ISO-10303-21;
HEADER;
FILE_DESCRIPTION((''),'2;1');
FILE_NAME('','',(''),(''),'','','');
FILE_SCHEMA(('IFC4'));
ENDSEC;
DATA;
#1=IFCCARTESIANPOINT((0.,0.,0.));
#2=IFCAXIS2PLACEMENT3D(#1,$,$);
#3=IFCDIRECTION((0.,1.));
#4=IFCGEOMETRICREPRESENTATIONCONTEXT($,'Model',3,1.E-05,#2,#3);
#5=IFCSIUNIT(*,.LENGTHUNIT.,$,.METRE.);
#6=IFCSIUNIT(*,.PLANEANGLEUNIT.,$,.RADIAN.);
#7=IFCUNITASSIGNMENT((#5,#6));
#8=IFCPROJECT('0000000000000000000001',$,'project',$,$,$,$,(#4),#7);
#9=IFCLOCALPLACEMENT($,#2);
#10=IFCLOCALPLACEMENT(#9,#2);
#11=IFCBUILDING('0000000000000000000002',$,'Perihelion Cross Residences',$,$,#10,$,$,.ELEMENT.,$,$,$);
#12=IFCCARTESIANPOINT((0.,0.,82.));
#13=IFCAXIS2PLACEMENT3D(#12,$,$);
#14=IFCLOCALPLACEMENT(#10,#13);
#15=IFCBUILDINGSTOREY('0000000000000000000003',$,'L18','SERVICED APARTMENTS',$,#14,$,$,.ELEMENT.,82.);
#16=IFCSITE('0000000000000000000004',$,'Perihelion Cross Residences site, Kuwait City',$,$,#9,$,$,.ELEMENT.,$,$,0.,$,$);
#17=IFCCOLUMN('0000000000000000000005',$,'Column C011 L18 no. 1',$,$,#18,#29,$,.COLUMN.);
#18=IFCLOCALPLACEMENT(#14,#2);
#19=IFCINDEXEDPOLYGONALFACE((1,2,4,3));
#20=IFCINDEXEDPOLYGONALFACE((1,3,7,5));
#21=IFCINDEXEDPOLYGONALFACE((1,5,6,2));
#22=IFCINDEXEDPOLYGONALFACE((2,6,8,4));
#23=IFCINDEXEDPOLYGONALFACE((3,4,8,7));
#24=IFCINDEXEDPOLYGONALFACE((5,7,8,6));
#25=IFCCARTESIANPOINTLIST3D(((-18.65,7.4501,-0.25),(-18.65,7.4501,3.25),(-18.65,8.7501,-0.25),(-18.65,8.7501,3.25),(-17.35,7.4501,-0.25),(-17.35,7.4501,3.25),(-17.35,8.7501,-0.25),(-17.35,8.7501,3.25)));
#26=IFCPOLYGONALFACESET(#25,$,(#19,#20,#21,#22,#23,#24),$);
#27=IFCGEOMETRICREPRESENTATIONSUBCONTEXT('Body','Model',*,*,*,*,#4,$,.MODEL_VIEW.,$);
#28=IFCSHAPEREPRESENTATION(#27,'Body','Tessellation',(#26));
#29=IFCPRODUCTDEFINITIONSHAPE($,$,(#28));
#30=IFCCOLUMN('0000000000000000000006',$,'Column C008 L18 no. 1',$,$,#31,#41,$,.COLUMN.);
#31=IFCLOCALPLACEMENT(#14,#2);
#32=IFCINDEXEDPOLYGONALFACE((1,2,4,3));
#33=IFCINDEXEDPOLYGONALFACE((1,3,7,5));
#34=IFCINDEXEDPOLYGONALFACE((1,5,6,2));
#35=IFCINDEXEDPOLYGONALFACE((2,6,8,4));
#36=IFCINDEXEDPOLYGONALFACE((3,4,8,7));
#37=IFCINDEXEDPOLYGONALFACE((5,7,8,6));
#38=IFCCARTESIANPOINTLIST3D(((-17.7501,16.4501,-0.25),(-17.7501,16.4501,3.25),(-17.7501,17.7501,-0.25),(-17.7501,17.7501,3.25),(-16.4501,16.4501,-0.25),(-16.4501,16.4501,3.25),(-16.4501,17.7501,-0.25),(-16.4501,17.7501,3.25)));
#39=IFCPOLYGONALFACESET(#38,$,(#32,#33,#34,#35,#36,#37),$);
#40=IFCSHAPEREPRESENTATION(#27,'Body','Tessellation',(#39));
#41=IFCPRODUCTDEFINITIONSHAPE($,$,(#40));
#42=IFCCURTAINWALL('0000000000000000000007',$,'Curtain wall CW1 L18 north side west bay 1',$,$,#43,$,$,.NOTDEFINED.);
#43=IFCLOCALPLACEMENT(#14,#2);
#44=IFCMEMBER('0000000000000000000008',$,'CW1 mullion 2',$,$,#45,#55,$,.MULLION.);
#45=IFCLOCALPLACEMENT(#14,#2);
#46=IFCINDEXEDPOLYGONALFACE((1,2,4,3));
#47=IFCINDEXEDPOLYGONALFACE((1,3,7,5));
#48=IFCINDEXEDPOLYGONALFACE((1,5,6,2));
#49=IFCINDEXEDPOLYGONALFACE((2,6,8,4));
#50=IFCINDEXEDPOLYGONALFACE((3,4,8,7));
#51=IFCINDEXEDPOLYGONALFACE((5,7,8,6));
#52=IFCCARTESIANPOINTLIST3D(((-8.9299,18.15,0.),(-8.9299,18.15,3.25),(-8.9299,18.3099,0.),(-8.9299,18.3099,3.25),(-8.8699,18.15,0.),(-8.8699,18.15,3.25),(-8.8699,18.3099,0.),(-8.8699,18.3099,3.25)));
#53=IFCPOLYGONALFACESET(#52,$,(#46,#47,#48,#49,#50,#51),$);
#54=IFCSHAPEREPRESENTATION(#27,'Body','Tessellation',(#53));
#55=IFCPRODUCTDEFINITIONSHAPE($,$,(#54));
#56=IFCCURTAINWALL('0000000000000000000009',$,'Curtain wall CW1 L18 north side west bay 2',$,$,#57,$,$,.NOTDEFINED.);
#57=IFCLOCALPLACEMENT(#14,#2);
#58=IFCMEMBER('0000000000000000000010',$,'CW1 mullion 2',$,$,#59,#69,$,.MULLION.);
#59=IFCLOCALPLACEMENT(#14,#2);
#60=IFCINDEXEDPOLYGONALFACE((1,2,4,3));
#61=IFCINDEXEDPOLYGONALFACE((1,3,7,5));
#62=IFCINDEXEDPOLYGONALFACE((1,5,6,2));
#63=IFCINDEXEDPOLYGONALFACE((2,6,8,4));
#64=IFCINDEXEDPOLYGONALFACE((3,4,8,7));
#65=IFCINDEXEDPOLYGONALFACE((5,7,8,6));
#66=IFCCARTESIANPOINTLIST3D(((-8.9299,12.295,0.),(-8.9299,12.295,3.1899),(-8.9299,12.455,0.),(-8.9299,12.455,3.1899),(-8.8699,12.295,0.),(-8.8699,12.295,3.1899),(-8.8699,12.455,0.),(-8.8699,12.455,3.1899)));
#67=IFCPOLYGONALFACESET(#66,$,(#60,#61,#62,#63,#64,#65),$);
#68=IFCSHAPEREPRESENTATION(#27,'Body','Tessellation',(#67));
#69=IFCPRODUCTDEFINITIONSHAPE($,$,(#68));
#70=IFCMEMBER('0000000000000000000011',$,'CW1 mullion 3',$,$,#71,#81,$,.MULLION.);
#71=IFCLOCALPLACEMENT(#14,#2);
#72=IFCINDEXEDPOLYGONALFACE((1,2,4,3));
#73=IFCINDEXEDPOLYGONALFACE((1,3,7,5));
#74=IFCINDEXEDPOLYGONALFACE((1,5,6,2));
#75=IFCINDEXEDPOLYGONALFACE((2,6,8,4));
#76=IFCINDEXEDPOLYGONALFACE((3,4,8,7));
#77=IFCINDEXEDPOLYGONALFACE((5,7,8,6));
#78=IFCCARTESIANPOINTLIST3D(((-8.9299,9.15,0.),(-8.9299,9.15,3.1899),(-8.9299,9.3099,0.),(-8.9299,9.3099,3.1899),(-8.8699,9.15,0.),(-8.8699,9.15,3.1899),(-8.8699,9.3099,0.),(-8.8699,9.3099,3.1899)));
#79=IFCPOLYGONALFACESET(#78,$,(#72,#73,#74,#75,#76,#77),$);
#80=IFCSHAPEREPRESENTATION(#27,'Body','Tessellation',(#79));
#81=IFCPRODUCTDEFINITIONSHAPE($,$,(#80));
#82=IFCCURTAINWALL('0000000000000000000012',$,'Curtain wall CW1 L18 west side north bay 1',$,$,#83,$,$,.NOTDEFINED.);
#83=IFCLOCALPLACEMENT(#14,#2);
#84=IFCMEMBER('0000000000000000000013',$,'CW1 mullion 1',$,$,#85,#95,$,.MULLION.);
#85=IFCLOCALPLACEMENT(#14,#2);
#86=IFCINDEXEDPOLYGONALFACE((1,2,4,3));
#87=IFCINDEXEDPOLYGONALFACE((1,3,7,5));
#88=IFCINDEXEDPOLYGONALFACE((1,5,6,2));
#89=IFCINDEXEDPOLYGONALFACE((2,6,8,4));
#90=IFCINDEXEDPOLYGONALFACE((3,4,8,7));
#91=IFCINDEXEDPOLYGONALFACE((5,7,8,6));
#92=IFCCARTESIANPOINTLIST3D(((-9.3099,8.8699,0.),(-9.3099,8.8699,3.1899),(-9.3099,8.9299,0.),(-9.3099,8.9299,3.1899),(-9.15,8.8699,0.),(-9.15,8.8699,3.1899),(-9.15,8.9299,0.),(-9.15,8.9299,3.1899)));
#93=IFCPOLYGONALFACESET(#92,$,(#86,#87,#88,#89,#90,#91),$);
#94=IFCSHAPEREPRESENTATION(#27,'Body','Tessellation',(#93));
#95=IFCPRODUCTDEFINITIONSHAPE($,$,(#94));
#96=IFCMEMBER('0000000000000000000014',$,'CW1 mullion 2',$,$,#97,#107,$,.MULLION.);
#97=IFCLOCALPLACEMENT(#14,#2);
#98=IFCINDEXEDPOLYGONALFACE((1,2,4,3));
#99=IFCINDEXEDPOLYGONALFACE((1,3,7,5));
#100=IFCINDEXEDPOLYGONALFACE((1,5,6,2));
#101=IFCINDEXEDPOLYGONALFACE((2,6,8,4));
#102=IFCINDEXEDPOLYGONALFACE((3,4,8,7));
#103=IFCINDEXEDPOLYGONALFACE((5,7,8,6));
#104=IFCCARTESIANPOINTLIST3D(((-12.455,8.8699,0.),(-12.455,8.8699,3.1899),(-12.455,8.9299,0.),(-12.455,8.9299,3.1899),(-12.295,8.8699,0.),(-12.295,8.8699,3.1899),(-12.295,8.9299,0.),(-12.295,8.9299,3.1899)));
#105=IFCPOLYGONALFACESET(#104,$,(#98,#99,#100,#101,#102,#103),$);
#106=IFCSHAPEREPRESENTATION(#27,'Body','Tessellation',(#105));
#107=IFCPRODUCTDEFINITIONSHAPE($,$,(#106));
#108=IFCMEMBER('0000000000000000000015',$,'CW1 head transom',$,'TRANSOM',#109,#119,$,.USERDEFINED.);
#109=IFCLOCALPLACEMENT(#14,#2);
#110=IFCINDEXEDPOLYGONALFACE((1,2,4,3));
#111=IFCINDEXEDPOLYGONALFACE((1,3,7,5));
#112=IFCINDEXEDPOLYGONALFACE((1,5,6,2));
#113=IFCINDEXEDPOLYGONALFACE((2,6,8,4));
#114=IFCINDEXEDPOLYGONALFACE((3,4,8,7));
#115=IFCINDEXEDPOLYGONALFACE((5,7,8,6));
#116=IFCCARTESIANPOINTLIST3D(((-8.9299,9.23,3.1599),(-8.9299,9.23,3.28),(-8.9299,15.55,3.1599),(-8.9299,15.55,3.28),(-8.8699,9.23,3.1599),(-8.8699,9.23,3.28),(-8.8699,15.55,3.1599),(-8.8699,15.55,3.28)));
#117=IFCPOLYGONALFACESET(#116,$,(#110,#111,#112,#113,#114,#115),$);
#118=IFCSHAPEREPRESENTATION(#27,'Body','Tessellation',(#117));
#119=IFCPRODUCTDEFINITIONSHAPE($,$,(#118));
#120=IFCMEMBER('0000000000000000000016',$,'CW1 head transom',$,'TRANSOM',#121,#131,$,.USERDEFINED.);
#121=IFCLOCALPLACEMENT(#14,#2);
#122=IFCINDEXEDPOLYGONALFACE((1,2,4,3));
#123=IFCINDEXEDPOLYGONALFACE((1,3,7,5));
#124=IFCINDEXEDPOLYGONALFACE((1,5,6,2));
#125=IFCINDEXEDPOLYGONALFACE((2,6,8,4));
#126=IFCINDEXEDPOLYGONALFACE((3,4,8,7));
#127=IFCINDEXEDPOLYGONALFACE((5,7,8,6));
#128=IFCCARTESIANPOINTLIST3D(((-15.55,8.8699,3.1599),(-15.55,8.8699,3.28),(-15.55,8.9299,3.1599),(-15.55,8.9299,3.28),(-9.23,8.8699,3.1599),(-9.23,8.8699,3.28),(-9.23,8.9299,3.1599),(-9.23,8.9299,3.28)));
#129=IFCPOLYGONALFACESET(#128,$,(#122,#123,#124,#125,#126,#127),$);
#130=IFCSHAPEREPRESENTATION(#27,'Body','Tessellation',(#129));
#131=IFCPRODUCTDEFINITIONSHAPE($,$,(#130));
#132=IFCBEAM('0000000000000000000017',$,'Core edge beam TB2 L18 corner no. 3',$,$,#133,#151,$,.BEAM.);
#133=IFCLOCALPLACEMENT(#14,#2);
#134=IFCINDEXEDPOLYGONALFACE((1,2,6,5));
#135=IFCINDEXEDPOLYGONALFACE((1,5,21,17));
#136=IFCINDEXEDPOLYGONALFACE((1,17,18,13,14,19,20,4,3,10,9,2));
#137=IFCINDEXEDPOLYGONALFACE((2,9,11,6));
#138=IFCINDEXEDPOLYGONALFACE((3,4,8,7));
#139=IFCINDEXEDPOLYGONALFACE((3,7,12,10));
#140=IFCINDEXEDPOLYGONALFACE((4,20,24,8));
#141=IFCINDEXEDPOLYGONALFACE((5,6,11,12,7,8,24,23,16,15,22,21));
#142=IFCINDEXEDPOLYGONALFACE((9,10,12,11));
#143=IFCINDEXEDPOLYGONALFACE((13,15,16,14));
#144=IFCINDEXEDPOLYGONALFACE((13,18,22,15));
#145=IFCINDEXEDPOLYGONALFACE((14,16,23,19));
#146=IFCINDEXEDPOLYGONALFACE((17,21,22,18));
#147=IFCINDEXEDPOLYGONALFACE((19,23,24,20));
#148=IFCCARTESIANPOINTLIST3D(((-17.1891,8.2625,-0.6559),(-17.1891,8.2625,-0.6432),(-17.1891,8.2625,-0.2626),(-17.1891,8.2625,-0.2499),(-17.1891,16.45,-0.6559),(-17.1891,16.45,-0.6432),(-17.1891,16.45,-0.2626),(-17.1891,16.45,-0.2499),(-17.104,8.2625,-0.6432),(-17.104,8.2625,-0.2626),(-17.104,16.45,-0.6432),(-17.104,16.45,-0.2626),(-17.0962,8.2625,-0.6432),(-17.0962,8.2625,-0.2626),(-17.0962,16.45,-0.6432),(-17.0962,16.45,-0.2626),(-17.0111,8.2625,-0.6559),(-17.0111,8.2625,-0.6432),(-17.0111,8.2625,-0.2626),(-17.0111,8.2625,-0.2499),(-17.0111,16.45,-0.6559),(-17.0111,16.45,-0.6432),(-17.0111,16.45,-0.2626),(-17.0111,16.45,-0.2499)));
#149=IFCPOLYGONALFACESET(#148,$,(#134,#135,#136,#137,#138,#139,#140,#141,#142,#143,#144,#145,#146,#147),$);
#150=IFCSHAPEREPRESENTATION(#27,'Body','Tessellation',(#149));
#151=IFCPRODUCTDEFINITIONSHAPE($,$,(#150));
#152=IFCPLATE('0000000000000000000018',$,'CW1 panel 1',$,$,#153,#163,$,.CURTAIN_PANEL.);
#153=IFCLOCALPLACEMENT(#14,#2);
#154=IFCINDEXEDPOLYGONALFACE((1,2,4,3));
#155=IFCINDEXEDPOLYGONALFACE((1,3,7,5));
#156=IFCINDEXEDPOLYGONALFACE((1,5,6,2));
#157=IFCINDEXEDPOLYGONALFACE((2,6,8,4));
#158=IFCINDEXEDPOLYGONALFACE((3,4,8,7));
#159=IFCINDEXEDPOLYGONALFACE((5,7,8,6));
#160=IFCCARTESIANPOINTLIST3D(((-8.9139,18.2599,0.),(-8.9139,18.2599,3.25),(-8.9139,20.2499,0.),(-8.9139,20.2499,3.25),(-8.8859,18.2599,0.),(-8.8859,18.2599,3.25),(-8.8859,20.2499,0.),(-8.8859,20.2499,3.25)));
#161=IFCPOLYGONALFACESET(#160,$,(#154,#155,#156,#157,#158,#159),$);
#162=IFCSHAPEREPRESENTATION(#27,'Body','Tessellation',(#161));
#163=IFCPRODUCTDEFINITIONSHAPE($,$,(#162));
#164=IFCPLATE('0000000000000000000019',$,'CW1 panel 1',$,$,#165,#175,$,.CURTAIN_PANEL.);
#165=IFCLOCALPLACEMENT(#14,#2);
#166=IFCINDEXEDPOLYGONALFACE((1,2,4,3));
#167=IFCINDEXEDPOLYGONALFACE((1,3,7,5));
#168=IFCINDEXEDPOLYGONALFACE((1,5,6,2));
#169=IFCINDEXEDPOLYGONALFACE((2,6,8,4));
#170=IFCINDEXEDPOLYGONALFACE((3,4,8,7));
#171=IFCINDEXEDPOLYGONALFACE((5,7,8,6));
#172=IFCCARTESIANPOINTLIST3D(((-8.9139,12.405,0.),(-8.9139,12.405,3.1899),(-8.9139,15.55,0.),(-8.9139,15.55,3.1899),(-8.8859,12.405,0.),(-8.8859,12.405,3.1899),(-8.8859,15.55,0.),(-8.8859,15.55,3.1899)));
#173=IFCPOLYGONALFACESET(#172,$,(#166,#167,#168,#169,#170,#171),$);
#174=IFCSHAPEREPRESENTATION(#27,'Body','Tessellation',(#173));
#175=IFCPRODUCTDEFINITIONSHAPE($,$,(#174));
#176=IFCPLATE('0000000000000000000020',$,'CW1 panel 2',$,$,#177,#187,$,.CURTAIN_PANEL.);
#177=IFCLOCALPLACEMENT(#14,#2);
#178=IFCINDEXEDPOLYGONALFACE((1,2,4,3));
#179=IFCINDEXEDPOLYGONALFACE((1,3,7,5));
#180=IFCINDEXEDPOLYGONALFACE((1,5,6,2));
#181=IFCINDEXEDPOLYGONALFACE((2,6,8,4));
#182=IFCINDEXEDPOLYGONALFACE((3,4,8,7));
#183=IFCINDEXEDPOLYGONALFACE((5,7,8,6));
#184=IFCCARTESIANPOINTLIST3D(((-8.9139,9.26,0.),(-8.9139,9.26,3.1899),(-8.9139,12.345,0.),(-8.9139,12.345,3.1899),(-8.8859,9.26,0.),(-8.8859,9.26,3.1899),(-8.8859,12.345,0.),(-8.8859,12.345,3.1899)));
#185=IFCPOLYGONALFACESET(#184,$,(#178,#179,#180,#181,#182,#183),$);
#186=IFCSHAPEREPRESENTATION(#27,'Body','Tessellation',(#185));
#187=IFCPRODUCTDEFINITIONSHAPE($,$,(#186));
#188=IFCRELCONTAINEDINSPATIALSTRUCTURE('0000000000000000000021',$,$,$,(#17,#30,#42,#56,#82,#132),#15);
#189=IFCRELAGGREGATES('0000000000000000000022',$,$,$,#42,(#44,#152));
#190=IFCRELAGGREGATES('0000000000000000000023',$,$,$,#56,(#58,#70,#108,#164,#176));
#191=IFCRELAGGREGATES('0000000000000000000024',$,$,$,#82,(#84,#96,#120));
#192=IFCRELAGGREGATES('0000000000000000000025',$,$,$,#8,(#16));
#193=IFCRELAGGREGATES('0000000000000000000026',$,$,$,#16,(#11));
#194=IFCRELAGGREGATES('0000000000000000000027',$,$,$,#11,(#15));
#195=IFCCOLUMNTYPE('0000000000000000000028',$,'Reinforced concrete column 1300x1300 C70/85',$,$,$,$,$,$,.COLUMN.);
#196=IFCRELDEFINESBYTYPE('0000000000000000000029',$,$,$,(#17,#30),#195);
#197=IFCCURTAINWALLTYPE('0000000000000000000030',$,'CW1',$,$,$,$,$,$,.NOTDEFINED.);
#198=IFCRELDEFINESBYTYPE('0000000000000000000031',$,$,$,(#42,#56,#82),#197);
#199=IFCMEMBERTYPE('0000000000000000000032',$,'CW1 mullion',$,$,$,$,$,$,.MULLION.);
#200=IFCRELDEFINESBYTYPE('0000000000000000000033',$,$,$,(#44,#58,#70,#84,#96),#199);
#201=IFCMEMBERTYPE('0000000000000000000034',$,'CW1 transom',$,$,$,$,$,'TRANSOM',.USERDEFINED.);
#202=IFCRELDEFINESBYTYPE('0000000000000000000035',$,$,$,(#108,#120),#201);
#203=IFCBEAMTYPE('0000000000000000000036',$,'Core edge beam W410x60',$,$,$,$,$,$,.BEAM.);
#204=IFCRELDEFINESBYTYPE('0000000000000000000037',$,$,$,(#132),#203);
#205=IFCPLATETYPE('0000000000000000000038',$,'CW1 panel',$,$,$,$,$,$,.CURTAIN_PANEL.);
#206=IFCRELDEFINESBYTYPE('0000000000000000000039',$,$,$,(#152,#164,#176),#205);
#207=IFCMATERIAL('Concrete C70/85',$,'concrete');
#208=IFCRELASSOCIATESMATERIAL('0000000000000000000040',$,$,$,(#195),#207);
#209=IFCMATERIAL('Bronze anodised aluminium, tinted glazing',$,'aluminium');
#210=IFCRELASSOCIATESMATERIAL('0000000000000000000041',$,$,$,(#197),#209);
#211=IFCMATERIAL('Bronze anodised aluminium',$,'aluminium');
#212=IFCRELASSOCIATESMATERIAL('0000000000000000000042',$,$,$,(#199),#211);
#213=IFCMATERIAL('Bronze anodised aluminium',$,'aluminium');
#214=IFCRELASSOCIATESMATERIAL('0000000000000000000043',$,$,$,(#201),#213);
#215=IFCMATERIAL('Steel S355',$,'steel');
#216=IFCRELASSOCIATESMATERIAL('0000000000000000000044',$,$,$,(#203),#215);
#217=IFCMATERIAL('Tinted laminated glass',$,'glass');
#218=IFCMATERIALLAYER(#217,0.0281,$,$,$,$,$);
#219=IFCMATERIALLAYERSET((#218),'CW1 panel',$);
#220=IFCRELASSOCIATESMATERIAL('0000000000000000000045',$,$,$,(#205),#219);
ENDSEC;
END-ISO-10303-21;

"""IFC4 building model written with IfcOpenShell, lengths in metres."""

from ifc_helpers import new_model, si_unit, direction, frame, origin, origin_2d, place, context, subcontext, project, spatial, rectangle, i_section, extrude, material, layer, layer_set, material_profile, profile_set, type_object, element, aggregate, save


model = new_model("IFC4")

# Units and contexts
model_context = context("Model", 3, precision=1e-05, world=origin(), true_north=direction((0.0, 1.0)))
body_context = subcontext(model_context, "Body", "Model", "MODEL_VIEW")
ifc_project = project(units=[si_unit("LENGTHUNIT", "METRE"), si_unit("PLANEANGLEUNIT", "RADIAN")], contexts=[model_context])

# Site, building, storey
site_placement = place(None, origin())
site = spatial("IfcSite", under=ifc_project, at=site_placement, Name="Perihelion Cross Residences site, Kuwait City", CompositionType="ELEMENT", RefElevation=0.0)
building_placement = place(site_placement, origin())
building = spatial("IfcBuilding", under=site, at=building_placement, Name="Perihelion Cross Residences", CompositionType="ELEMENT")
storey_placement = place(building_placement, frame((0.0, 0.0, 82.0)))
storey = spatial("IfcBuildingStorey", under=building, at=storey_placement, Name="L18", Description="SERVICED APARTMENTS", CompositionType="ELEMENT", Elevation=82.0)

# Columns
ifc_material_1 = material(Name="Concrete C70/85", Category="concrete")
ifc_material_profile_1 = material_profile(ifc_material_1, rectangle(XDim=1.3, YDim=1.3, at=origin_2d()), Name="RC 1300x1300")
ifc_profile_set_1 = profile_set([ifc_material_profile_1], Name="Concrete C70/85")
column_type = type_object("IfcColumnType", Name="Reinforced concrete column 1300x1300 C70/85", PredefinedType="COLUMN", material=ifc_profile_set_1)
for number, where, z_axis, x_axis, name in (
    (1, (-18.0, 8.1001, -0.25), (0.0, 0.0, 1.0), (1.0, 0.0, 0.0), "Column C011 L18 no. 1"),
    (2, (-17.1001, 17.1001, -0.25), (0.0, 0.0, 1.0), (1.0, 0.0, 0.0), "Column C008 L18 no. 1"),
):
    element("IfcColumn", number, at=place(storey_placement, frame(where, z_axis=z_axis, x_axis=x_axis)), inside=storey, type_object=column_type, Name=name, PredefinedType="COLUMN", context=body_context, shape_type="SweptSolid", body=[
        extrude(rectangle(XDim=1.3, YDim=1.3, at=origin_2d()), origin(), (0.0, 0.0, 1.0), 3.5),
    ])

# Curtain wall, member
ifc_material_2 = material(Name="Bronze anodised aluminium, tinted glazing", Category="aluminium")
curtain_wall_type = type_object("IfcCurtainWallType", Name="CW1", PredefinedType="NOTDEFINED", material=ifc_material_2)
curtain_wall_1_placement = place(storey_placement, origin())
curtain_wall_1 = element("IfcCurtainWall", 3, at=curtain_wall_1_placement, inside=storey, type_object=curtain_wall_type, Name="Curtain wall CW1 L18 north side west bay 1", PredefinedType="NOTDEFINED")
ifc_material_3 = material(Name="Bronze anodised aluminium", Category="aluminium")
ifc_material_profile_2 = material_profile(ifc_material_3, rectangle(XDim=0.0601, YDim=0.1599, at=origin_2d()), Name="CW1 mullion")
ifc_profile_set_2 = profile_set([ifc_material_profile_2], Name="Bronze anodised aluminium")
member_type_1 = type_object("IfcMemberType", Name="CW1 mullion", PredefinedType="MULLION", material=ifc_profile_set_2)
member_1_placement = place(storey_placement, frame((-8.8999, 18.23, 0.0), z_axis=(0.0, 0.0, 1.0), x_axis=(1.0, 0.0, 0.0)))
member_1 = element("IfcMember", 4, at=member_1_placement, type_object=member_type_1, Name="CW1 mullion 2", PredefinedType="MULLION", context=body_context, shape_type="SweptSolid", body=[
    extrude(rectangle(XDim=0.0601, YDim=0.1599, at=origin_2d()), origin(), (0.0, 0.0, 1.0), 3.25),
])

# Curtain walls, members
curtain_wall_2_placement = place(storey_placement, origin())
curtain_wall_2 = element("IfcCurtainWall", 5, at=curtain_wall_2_placement, inside=storey, type_object=curtain_wall_type, Name="Curtain wall CW1 L18 north side west bay 2", PredefinedType="NOTDEFINED")
member_2_placement = place(storey_placement, frame((-8.8999, 12.375, 0.0), z_axis=(0.0, 0.0, 1.0), x_axis=(1.0, 0.0, 0.0)))
member_2 = element("IfcMember", 6, at=member_2_placement, type_object=member_type_1, Name="CW1 mullion 2", PredefinedType="MULLION", context=body_context, shape_type="SweptSolid", body=[
    extrude(rectangle(XDim=0.0601, YDim=0.1599, at=origin_2d()), origin(), (0.0, 0.0, 1.0), 3.1899),
])
member_3_placement = place(storey_placement, frame((-8.8999, 9.23, 0.0), z_axis=(0.0, 0.0, 1.0), x_axis=(1.0, 0.0, 0.0)))
member_3 = element("IfcMember", 7, at=member_3_placement, type_object=member_type_1, Name="CW1 mullion 3", PredefinedType="MULLION", context=body_context, shape_type="SweptSolid", body=[
    extrude(rectangle(XDim=0.0601, YDim=0.1599, at=origin_2d()), origin(), (0.0, 0.0, 1.0), 3.1899),
])
curtain_wall_3_placement = place(storey_placement, origin())
curtain_wall_3 = element("IfcCurtainWall", 8, at=curtain_wall_3_placement, inside=storey, type_object=curtain_wall_type, Name="Curtain wall CW1 L18 west side north bay 1", PredefinedType="NOTDEFINED")
member_4_placement = place(storey_placement, frame((-9.23, 8.8999, 0.0), z_axis=(0.0, 0.0, 1.0), x_axis=(0.0, -1.0, 0.0)))
member_4 = element("IfcMember", 9, at=member_4_placement, type_object=member_type_1, Name="CW1 mullion 1", PredefinedType="MULLION", context=body_context, shape_type="SweptSolid", body=[
    extrude(rectangle(XDim=0.0601, YDim=0.1599, at=origin_2d()), origin(), (0.0, 0.0, 1.0), 3.1899),
])
member_5_placement = place(storey_placement, frame((-12.375, 8.8999, 0.0), z_axis=(0.0, 0.0, 1.0), x_axis=(0.0, -1.0, 0.0)))
member_5 = element("IfcMember", 10, at=member_5_placement, type_object=member_type_1, Name="CW1 mullion 2", PredefinedType="MULLION", context=body_context, shape_type="SweptSolid", body=[
    extrude(rectangle(XDim=0.0601, YDim=0.1599, at=origin_2d()), origin(), (0.0, 0.0, 1.0), 3.1899),
])

# Members
ifc_material_4 = material(Name="Bronze anodised aluminium", Category="aluminium")
ifc_material_profile_3 = material_profile(ifc_material_4, rectangle(XDim=0.0601, YDim=0.1201, at=origin_2d()), Name="CW1 transom")
ifc_profile_set_3 = profile_set([ifc_material_profile_3], Name="Bronze anodised aluminium")
member_type_2 = type_object("IfcMemberType", Name="CW1 transom", ElementType="TRANSOM", PredefinedType="USERDEFINED", material=ifc_profile_set_3)
member_6_placement = place(storey_placement, frame((-8.8999, 15.55, 3.22), z_axis=(0.0, -1.0, 0.0), x_axis=(1.0, 0.0, 0.0)))
member_6 = element("IfcMember", 11, at=member_6_placement, type_object=member_type_2, Name="CW1 head transom", ObjectType="TRANSOM", PredefinedType="USERDEFINED", context=body_context, shape_type="SweptSolid", body=[
    extrude(rectangle(XDim=0.0601, YDim=0.1201, at=origin_2d()), origin(), (0.0, 0.0, 1.0), 6.3201),
])
member_7_placement = place(storey_placement, frame((-9.23, 8.8999, 3.22), z_axis=(-1.0, 0.0, 0.0), x_axis=(0.0, -1.0, 0.0)))
member_7 = element("IfcMember", 12, at=member_7_placement, type_object=member_type_2, Name="CW1 head transom", ObjectType="TRANSOM", PredefinedType="USERDEFINED", context=body_context, shape_type="SweptSolid", body=[
    extrude(rectangle(XDim=0.0601, YDim=0.1201, at=origin_2d()), origin(), (0.0, 0.0, 1.0), 6.3201),
])

# Beam
ifc_material_5 = material(Name="Steel S355", Category="steel")
ifc_material_profile_4 = material_profile(ifc_material_5, i_section(OverallWidth=0.178, OverallDepth=0.406, WebThickness=0.0078, FlangeThickness=0.0127, at=origin_2d()), Name="W410x60")
ifc_profile_set_4 = profile_set([ifc_material_profile_4], Name="Steel S355")
beam_type = type_object("IfcBeamType", Name="Core edge beam W410x60", PredefinedType="BEAM", material=ifc_profile_set_4)
beam_placement = place(storey_placement, frame((-17.1001, 8.2625, -0.4529), z_axis=(0.0, 1.0, 0.0), x_axis=(-1.0, 0.0, 0.0)))
element("IfcBeam", 13, at=beam_placement, inside=storey, type_object=beam_type, Name="Core edge beam TB2 L18 corner no. 3", PredefinedType="BEAM", context=body_context, shape_type="SweptSolid", body=[
    extrude(i_section(OverallWidth=0.178, OverallDepth=0.406, WebThickness=0.0078, FlangeThickness=0.0127, at=origin_2d()), origin(), (0.0, 0.0, 1.0), 8.1875),
])

# Plates
ifc_material_6 = material(Name="Tinted laminated glass", Category="glass")
ifc_layer_1 = layer(ifc_material_6, 0.0281)
ifc_layer_set_1 = layer_set([ifc_layer_1], Name="CW1 panel")
plate_type = type_object("IfcPlateType", Name="CW1 panel", PredefinedType="CURTAIN_PANEL", material=ifc_layer_set_1)
plate_1_placement = place(storey_placement, frame((-8.8999, 19.2549, 0.0), z_axis=(0.0, 0.0, 1.0), x_axis=(0.0, -1.0, 0.0)))
plate_1 = element("IfcPlate", 14, at=plate_1_placement, type_object=plate_type, Name="CW1 panel 1", PredefinedType="CURTAIN_PANEL", context=body_context, shape_type="SweptSolid", body=[
    extrude(rectangle(XDim=1.99, YDim=0.0281, at=origin_2d()), origin(), (0.0, 0.0, 1.0), 3.25),
])
aggregate(curtain_wall_1, [member_1, plate_1])
plate_2_placement = place(storey_placement, frame((-8.8999, 13.9775, 0.0), z_axis=(0.0, 0.0, 1.0), x_axis=(0.0, -1.0, 0.0)))
plate_2 = element("IfcPlate", 15, at=plate_2_placement, type_object=plate_type, Name="CW1 panel 1", PredefinedType="CURTAIN_PANEL", context=body_context, shape_type="SweptSolid", body=[
    extrude(rectangle(XDim=3.145, YDim=0.0281, at=origin_2d()), origin(), (0.0, 0.0, 1.0), 3.1899),
])
plate_3_placement = place(storey_placement, frame((-8.8999, 10.8025, 0.0), z_axis=(0.0, 0.0, 1.0), x_axis=(0.0, -1.0, 0.0)))
plate_3 = element("IfcPlate", 16, at=plate_3_placement, type_object=plate_type, Name="CW1 panel 2", PredefinedType="CURTAIN_PANEL", context=body_context, shape_type="SweptSolid", body=[
    extrude(rectangle(XDim=3.085, YDim=0.0281, at=origin_2d()), origin(), (0.0, 0.0, 1.0), 3.1899),
])
aggregate(curtain_wall_2, [member_2, member_3, member_6, plate_2, plate_3])
aggregate(curtain_wall_3, [member_4, member_5, member_7])

save(model, "model.ifc")
